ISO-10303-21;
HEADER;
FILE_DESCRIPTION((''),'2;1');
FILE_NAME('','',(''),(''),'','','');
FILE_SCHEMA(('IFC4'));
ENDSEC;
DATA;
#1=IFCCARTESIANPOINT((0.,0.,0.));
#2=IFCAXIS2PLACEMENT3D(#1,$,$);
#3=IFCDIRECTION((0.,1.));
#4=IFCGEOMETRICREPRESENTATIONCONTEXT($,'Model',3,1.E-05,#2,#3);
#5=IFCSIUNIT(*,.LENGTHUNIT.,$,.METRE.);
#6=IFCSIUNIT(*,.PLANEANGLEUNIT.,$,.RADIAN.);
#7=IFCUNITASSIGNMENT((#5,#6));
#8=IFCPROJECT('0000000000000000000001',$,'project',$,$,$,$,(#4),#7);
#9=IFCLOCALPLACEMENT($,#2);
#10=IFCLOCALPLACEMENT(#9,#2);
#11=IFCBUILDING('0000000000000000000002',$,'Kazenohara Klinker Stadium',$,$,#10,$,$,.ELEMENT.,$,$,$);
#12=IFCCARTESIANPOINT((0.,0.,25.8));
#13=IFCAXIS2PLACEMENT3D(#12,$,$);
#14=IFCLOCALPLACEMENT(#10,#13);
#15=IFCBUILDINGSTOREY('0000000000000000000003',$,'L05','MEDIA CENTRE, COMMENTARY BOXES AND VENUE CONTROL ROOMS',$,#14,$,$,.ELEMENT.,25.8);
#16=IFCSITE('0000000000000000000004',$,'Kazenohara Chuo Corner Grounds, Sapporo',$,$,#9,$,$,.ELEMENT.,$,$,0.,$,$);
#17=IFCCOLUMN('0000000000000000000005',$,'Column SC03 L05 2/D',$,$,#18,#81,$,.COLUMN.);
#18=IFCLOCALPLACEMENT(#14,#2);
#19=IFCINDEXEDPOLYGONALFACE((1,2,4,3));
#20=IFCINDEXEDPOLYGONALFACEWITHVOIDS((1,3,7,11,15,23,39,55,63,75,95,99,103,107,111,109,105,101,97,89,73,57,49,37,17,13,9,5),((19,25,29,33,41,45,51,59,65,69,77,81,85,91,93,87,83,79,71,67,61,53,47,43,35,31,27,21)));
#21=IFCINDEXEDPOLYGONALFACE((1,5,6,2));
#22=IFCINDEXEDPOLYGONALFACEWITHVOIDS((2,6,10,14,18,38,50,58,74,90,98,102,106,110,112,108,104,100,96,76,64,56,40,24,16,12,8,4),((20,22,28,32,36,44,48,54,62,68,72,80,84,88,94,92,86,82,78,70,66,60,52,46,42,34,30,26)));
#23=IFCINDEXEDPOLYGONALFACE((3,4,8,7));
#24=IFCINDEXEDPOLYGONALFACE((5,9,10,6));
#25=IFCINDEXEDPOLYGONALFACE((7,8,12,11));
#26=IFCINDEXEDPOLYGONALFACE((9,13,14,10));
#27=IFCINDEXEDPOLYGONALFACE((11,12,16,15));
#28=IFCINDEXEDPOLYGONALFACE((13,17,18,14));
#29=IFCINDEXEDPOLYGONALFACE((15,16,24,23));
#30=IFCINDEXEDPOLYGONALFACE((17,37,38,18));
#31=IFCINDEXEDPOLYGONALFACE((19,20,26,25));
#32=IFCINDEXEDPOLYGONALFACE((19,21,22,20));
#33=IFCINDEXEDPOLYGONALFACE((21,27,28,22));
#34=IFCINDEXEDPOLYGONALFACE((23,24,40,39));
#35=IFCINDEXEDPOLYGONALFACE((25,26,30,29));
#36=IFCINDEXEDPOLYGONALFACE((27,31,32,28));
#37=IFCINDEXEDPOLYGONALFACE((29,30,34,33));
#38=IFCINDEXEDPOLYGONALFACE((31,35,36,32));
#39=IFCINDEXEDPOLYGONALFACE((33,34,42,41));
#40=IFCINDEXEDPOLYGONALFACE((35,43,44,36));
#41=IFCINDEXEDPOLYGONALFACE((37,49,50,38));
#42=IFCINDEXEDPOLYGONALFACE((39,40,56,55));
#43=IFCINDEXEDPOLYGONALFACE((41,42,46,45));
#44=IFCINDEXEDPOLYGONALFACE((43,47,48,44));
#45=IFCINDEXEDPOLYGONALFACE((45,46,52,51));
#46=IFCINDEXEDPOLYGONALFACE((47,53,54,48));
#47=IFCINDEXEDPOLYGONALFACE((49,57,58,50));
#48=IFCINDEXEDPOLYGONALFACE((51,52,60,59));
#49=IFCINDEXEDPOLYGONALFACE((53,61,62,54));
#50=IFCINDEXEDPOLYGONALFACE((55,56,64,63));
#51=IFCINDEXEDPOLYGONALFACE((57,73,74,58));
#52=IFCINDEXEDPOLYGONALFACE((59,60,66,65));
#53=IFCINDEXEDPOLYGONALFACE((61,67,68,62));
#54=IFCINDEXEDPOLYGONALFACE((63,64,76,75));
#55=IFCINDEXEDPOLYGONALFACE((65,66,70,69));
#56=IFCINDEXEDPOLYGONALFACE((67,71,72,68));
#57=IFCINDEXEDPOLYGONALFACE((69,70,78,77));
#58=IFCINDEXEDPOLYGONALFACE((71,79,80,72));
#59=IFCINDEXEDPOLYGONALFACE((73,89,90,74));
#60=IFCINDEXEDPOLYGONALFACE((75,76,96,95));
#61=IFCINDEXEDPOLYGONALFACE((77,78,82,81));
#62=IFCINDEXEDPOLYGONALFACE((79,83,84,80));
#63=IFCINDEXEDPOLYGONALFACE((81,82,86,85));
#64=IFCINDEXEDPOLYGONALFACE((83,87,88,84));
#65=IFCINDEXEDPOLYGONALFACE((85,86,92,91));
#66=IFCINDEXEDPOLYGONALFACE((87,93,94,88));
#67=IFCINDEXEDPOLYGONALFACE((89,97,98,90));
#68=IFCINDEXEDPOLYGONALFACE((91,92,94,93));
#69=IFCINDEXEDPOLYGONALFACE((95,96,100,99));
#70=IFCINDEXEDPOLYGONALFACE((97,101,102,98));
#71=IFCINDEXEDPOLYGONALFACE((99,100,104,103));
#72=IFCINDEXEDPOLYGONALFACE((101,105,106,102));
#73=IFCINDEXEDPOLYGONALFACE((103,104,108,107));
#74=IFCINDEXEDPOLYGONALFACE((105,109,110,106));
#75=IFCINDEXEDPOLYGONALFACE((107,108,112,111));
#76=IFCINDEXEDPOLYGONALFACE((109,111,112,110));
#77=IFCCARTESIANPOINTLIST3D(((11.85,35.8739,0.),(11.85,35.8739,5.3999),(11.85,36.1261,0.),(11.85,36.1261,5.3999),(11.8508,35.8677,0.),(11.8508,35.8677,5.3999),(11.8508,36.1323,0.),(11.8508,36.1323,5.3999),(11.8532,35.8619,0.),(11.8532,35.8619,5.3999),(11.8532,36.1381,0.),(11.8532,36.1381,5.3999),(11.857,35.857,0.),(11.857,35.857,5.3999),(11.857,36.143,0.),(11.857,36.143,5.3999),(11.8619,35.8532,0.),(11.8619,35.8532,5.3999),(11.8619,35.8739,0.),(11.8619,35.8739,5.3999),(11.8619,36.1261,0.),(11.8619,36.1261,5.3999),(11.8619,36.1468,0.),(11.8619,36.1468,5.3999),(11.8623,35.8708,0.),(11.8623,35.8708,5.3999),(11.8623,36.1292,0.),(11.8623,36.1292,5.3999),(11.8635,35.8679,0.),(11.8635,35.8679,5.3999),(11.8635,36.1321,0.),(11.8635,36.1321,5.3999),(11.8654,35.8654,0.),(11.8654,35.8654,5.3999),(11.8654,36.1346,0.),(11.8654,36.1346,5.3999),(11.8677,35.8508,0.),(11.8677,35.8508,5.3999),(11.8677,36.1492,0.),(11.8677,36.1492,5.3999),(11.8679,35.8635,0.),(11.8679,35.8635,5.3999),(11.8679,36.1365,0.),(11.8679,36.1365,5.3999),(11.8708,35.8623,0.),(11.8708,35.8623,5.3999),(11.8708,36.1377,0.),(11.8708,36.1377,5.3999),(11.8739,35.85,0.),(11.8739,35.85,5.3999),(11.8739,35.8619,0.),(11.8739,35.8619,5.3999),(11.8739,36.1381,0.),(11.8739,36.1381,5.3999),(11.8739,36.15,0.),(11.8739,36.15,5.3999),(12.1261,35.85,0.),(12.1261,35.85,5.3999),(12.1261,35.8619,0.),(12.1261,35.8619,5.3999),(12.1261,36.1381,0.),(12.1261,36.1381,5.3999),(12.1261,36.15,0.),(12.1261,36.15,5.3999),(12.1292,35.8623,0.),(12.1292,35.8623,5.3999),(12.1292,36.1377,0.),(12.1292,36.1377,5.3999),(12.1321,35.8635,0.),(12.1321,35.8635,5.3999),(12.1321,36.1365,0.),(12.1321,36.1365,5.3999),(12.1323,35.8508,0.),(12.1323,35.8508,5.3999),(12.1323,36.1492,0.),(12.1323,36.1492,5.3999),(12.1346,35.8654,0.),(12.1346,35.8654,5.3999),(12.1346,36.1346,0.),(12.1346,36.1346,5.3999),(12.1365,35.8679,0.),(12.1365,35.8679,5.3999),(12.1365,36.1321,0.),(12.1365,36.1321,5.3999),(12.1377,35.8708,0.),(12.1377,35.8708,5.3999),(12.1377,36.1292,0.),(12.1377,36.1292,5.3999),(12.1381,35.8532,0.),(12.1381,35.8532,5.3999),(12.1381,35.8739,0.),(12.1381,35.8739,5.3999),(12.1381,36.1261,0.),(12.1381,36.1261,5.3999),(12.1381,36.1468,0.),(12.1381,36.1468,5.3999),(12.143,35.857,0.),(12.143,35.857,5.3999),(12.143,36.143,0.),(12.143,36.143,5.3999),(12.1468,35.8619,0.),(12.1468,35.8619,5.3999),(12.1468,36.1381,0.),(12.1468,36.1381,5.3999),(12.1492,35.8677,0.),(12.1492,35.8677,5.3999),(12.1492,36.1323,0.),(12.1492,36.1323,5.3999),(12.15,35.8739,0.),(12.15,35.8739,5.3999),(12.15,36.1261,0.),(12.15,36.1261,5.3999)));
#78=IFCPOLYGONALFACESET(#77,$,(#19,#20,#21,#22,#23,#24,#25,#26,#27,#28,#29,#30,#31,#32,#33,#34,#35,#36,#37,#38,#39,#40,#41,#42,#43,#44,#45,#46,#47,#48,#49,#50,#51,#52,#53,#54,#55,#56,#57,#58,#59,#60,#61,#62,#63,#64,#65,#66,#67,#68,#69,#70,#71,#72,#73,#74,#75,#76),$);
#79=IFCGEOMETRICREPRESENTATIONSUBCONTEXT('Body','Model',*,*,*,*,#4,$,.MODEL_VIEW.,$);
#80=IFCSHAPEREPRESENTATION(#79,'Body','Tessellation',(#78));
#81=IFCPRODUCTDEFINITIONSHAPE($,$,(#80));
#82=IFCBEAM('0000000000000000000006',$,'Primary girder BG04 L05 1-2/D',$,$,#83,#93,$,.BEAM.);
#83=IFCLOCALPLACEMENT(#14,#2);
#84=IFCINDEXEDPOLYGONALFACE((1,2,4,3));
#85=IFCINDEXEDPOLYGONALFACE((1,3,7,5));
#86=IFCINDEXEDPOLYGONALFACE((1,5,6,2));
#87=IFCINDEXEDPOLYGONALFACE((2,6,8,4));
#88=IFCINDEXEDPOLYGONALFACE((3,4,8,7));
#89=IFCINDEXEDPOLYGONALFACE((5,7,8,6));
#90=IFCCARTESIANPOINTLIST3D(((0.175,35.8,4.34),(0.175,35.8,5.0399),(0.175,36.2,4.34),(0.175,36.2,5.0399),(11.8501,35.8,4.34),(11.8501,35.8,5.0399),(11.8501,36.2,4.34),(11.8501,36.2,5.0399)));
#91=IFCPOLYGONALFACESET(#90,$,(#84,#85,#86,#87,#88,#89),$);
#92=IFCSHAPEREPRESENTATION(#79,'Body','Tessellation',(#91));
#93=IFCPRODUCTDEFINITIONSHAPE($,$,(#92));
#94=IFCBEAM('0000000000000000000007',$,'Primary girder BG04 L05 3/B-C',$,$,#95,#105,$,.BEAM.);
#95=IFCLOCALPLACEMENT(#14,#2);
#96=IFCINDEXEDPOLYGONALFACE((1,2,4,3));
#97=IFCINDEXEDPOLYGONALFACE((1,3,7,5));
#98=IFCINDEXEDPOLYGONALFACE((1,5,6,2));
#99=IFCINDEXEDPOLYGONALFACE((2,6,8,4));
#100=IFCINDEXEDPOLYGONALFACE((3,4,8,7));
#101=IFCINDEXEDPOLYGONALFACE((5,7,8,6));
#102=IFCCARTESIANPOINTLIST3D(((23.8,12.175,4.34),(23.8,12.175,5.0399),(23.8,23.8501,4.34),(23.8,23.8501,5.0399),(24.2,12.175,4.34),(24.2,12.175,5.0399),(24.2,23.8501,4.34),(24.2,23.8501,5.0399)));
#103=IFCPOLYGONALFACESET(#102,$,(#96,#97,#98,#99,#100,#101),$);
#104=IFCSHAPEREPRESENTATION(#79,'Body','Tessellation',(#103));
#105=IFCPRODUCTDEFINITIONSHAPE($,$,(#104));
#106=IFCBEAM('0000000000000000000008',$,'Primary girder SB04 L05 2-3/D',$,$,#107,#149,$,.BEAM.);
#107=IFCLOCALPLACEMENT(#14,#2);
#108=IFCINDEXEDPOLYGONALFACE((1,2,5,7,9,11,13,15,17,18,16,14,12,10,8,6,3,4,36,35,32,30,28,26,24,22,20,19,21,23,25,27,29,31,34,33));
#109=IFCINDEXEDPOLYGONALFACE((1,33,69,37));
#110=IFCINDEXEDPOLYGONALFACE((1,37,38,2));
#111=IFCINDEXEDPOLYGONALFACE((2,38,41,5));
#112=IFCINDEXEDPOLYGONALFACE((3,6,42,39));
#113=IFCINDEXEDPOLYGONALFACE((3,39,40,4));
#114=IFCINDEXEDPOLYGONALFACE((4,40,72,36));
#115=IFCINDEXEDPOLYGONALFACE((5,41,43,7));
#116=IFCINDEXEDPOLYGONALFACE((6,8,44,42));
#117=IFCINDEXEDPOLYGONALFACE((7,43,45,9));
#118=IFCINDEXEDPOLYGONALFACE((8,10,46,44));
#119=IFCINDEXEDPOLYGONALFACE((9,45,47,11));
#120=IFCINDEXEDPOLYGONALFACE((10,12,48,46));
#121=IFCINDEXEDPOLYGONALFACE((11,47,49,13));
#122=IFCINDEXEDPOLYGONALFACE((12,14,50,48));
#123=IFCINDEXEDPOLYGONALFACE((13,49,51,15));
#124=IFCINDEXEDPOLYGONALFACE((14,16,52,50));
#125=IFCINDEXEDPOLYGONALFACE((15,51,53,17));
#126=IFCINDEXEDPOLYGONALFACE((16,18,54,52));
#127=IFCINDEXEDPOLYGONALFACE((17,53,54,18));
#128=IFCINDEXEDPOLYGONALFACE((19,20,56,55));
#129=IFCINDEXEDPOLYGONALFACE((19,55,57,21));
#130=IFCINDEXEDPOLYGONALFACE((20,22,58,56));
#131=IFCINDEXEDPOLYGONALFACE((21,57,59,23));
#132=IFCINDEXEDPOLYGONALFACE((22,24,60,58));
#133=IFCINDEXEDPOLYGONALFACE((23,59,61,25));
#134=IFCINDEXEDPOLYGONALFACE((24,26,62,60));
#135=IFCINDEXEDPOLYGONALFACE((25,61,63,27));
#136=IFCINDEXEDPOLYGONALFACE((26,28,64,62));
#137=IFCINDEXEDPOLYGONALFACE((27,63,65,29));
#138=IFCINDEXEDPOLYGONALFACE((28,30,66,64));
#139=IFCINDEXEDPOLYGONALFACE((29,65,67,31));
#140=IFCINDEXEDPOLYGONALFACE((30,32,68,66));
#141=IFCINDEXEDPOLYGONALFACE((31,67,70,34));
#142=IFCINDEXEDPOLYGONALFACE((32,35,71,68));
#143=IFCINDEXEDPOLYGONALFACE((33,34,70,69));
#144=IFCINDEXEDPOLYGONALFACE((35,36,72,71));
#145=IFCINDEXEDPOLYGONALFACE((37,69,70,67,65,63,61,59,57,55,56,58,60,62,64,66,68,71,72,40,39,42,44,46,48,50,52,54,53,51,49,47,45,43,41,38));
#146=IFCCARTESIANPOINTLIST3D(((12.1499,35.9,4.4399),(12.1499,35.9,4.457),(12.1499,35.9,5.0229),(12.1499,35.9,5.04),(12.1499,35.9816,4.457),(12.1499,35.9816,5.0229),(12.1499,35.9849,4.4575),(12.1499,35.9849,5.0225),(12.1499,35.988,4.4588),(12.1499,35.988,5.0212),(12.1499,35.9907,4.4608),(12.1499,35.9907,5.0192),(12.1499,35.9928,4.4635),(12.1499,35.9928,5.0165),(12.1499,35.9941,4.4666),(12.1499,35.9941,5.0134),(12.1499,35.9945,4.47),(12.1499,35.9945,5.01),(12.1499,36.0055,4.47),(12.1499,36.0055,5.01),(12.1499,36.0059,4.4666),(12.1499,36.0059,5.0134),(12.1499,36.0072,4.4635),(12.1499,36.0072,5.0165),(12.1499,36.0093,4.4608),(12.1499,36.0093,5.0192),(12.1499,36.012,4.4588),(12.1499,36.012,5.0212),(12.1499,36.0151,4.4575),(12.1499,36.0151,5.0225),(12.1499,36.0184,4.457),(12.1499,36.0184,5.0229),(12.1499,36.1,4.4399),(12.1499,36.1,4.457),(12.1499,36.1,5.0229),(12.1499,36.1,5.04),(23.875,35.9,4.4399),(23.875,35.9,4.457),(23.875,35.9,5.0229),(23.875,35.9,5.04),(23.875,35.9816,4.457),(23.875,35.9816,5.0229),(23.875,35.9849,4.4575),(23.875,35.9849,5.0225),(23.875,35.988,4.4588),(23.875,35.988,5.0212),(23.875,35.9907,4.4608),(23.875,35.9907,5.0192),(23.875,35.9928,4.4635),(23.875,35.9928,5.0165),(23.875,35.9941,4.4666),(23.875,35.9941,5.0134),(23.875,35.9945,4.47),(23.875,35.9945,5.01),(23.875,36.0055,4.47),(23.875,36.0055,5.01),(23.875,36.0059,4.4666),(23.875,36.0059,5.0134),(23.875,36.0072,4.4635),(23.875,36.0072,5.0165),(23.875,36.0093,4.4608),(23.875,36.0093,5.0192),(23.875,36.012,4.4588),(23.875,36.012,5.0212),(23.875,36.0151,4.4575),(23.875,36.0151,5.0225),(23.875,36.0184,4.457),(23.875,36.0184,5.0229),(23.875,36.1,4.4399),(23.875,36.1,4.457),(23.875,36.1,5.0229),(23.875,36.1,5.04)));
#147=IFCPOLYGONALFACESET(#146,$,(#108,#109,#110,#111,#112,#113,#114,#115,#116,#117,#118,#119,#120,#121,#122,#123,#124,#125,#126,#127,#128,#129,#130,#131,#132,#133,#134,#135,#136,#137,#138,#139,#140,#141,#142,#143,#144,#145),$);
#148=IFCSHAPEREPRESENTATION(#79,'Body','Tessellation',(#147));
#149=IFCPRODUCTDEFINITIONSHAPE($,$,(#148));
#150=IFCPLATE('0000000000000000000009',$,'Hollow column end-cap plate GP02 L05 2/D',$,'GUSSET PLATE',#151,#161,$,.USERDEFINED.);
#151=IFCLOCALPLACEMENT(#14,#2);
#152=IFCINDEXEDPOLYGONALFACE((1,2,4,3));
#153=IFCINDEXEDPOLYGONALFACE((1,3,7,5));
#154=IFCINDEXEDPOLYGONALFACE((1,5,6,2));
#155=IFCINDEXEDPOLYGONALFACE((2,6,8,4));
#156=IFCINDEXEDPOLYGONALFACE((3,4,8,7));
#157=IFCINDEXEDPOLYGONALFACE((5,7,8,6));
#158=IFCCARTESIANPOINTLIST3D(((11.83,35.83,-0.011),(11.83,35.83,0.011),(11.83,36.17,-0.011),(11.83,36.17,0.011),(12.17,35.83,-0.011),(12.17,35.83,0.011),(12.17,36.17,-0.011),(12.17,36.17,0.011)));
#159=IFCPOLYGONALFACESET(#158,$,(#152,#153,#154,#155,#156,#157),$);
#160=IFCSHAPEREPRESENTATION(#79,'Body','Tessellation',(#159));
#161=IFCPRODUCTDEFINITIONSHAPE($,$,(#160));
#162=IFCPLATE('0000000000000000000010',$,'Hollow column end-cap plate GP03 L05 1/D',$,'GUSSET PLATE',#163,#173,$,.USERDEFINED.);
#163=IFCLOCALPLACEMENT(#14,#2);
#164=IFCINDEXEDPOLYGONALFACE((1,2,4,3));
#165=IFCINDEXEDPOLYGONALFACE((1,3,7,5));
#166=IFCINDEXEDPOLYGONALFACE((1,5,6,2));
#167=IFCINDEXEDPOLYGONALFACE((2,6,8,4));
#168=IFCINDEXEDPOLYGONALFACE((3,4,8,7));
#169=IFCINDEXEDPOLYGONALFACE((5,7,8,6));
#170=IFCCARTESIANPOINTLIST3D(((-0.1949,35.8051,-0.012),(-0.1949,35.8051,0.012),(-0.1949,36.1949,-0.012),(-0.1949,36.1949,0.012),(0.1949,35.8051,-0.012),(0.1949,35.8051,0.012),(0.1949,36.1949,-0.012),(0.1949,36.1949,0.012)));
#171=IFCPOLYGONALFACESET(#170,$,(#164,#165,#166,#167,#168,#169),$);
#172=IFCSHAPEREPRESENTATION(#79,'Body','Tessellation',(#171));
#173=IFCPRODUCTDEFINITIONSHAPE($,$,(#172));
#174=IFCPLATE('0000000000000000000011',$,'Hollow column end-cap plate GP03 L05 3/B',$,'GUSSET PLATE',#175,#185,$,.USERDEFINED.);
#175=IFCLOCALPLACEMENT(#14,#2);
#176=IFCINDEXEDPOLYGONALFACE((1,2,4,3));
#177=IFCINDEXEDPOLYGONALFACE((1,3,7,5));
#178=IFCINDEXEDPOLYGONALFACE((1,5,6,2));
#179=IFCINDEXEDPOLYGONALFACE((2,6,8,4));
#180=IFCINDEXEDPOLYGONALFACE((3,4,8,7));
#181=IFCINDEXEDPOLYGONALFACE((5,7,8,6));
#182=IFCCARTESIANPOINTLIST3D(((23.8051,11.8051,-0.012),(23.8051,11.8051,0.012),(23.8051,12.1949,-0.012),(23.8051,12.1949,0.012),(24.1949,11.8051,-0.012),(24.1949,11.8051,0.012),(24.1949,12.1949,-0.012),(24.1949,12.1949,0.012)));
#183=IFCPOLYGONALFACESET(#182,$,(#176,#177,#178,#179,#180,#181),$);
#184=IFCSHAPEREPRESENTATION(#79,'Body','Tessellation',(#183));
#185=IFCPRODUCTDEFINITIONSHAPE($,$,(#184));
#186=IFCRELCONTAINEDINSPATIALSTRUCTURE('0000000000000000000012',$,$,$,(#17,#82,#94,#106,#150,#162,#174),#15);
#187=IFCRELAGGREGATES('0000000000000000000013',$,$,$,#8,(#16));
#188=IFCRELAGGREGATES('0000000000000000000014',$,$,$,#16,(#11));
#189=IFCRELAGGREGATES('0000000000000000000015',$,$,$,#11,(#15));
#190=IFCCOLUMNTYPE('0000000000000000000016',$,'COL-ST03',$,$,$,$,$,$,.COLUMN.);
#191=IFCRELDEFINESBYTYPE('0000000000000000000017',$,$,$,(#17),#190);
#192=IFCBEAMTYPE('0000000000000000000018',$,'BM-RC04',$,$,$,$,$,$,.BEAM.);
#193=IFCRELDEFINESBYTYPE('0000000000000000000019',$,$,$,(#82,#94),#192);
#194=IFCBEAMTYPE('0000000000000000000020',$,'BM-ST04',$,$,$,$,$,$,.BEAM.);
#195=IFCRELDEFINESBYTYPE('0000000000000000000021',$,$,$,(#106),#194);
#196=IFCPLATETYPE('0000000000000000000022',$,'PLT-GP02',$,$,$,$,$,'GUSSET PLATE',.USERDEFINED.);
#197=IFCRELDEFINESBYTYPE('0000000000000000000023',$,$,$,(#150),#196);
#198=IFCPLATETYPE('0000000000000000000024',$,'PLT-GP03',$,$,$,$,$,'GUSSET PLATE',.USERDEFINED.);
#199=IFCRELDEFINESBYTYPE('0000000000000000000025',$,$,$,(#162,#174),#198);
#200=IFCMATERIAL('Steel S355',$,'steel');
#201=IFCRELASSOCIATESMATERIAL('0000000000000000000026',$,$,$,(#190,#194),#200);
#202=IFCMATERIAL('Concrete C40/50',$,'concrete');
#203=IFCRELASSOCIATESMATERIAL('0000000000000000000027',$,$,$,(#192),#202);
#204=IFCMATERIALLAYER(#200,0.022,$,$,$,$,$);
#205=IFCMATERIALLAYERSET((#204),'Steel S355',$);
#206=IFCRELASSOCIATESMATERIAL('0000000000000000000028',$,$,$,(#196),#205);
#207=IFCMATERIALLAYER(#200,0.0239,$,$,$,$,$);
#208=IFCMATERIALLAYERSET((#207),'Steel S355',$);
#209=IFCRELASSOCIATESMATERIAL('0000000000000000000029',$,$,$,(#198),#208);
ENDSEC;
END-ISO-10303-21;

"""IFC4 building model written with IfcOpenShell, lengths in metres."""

from ifc_helpers import new_model, si_unit, direction, frame, origin, origin_2d, place, context, subcontext, project, spatial, rectangle, hollow_rectangle, i_section, extrude, material, layer, layer_set, material_profile, profile_set, type_object, element, save


model = new_model("IFC4")

# Units and contexts
model_context = context("Model", 3, precision=1e-05, world=origin(), true_north=direction((0.0, 1.0)))
body_context = subcontext(model_context, "Body", "Model", "MODEL_VIEW")
ifc_project = project(units=[si_unit("LENGTHUNIT", "METRE"), si_unit("PLANEANGLEUNIT", "RADIAN")], contexts=[model_context])

# Site, building, storey
site_placement = place(None, origin())
site = spatial("IfcSite", under=ifc_project, at=site_placement, Name="Kazenohara Chuo Corner Grounds, Sapporo", CompositionType="ELEMENT", RefElevation=0.0)
building_placement = place(site_placement, origin())
building = spatial("IfcBuilding", under=site, at=building_placement, Name="Kazenohara Klinker Stadium", CompositionType="ELEMENT")
storey_placement = place(building_placement, frame((0.0, 0.0, 25.8)))
storey = spatial("IfcBuildingStorey", under=building, at=storey_placement, Name="L05", Description="MEDIA CENTRE, COMMENTARY BOXES AND VENUE CONTROL ROOMS", CompositionType="ELEMENT", Elevation=25.8)

# Column
ifc_material_1 = material(Name="Steel S355", Category="steel")
ifc_material_profile_1 = material_profile(ifc_material_1, hollow_rectangle(XDim=0.3, YDim=0.3, WallThickness=0.012, InnerFilletRadius=0.012, OuterFilletRadius=0.0239, at=origin_2d()), Name="SHS-300x300x12")
ifc_profile_set_1 = profile_set([ifc_material_profile_1], Name="Steel S355")
column_type_1 = type_object("IfcColumnType", Name="COL-ST03", PredefinedType="COLUMN", material=ifc_profile_set_1)
column_placement = place(storey_placement, frame((12.0, 36.0, 0.0), z_axis=(0.0, 0.0, 1.0), x_axis=(1.0, 0.0, 0.0)))
element("IfcColumn", 1, at=column_placement, inside=storey, type_object=column_type_1, Name="Column SC03 L05 2/D", PredefinedType="COLUMN", context=body_context, shape_type="SweptSolid", body=[
    extrude(hollow_rectangle(XDim=0.3, YDim=0.3, WallThickness=0.012, InnerFilletRadius=0.012, OuterFilletRadius=0.0239, at=origin_2d()), origin(), (0.0, 0.0, 1.0), 5.3999),
])

# Beams
ifc_material_2 = material(Name="Concrete C40/50", Category="concrete")
ifc_material_profile_2 = material_profile(ifc_material_2, rectangle(XDim=0.3999, YDim=0.7, at=origin_2d()), Name="RC-BM-400x700")
ifc_profile_set_2 = profile_set([ifc_material_profile_2], Name="Concrete C40/50")
beam_type_1 = type_object("IfcBeamType", Name="BM-RC04", PredefinedType="BEAM", material=ifc_profile_set_2)
for number, where, z_axis, x_axis, name in (
    (2, (0.175, 36.0, 4.6899), (1.0, 0.0, 0.0), (0.0, 1.0, 0.0), "Primary girder BG04 L05 1-2/D"),
    (3, (24.0, 12.175, 4.6899), (0.0, 1.0, 0.0), (-1.0, 0.0, 0.0), "Primary girder BG04 L05 3/B-C"),
):
    element("IfcBeam", number, at=place(storey_placement, frame(where, z_axis=z_axis, x_axis=x_axis)), inside=storey, type_object=beam_type_1, Name=name, PredefinedType="BEAM", context=body_context, shape_type="SweptSolid", body=[
        extrude(rectangle(XDim=0.3999, YDim=0.7, at=origin_2d()), origin(), (0.0, 0.0, 1.0), 11.675),
    ])
ifc_material_profile_3 = material_profile(ifc_material_1, i_section(OverallWidth=0.2, OverallDepth=0.6001, WebThickness=0.011, FlangeThickness=0.0171, FilletRadius=0.0129, at=origin_2d()), Name="H-600x200x11x17")
ifc_profile_set_3 = profile_set([ifc_material_profile_3], Name="Steel S355")
beam_type_2 = type_object("IfcBeamType", Name="BM-ST04", PredefinedType="BEAM", material=ifc_profile_set_3)
beam_placement = place(storey_placement, frame((12.1499, 36.0, 4.74), z_axis=(1.0, 0.0, 0.0), x_axis=(0.0, 1.0, 0.0)))
element("IfcBeam", 4, at=beam_placement, inside=storey, type_object=beam_type_2, Name="Primary girder SB04 L05 2-3/D", PredefinedType="BEAM", context=body_context, shape_type="SweptSolid", body=[
    extrude(i_section(OverallWidth=0.2, OverallDepth=0.6001, WebThickness=0.011, FlangeThickness=0.0171, FilletRadius=0.0129, at=origin_2d()), origin(), (0.0, 0.0, 1.0), 11.7251),
])

# Plates
ifc_layer_1 = layer(ifc_material_1, 0.022)
ifc_layer_set_1 = layer_set([ifc_layer_1], Name="Steel S355")
plate_type_1 = type_object("IfcPlateType", Name="PLT-GP02", ElementType="GUSSET PLATE", PredefinedType="USERDEFINED", material=ifc_layer_set_1)
plate_placement = place(storey_placement, frame((12.0, 36.0, -0.011), z_axis=(0.0, 0.0, 1.0), x_axis=(1.0, 0.0, 0.0)))
element("IfcPlate", 5, at=plate_placement, inside=storey, type_object=plate_type_1, Name="Hollow column end-cap plate GP02 L05 2/D", ObjectType="GUSSET PLATE", PredefinedType="USERDEFINED", context=body_context, shape_type="SweptSolid", body=[
    extrude(rectangle(XDim=0.3401, YDim=0.3401, at=origin_2d()), origin(), (0.0, 0.0, 1.0), 0.022),
])
ifc_layer_2 = layer(ifc_material_1, 0.0239)
ifc_layer_set_2 = layer_set([ifc_layer_2], Name="Steel S355")
plate_type_2 = type_object("IfcPlateType", Name="PLT-GP03", ElementType="GUSSET PLATE", PredefinedType="USERDEFINED", material=ifc_layer_set_2)
for number, where, z_axis, x_axis, name in (
    (6, (0.0, 36.0, -0.012), (0.0, 0.0, 1.0), (1.0, 0.0, 0.0), "Hollow column end-cap plate GP03 L05 1/D"),
    (7, (24.0, 12.0, -0.012), (0.0, 0.0, 1.0), (1.0, 0.0, 0.0), "Hollow column end-cap plate GP03 L05 3/B"),
):
    element("IfcPlate", number, at=place(storey_placement, frame(where, z_axis=z_axis, x_axis=x_axis)), inside=storey, type_object=plate_type_2, Name=name, ObjectType="GUSSET PLATE", PredefinedType="USERDEFINED", context=body_context, shape_type="SweptSolid", body=[
        extrude(rectangle(XDim=0.3899, YDim=0.3899, at=origin_2d()), origin(), (0.0, 0.0, 1.0), 0.0239),
    ])

save(model, "model.ifc")
